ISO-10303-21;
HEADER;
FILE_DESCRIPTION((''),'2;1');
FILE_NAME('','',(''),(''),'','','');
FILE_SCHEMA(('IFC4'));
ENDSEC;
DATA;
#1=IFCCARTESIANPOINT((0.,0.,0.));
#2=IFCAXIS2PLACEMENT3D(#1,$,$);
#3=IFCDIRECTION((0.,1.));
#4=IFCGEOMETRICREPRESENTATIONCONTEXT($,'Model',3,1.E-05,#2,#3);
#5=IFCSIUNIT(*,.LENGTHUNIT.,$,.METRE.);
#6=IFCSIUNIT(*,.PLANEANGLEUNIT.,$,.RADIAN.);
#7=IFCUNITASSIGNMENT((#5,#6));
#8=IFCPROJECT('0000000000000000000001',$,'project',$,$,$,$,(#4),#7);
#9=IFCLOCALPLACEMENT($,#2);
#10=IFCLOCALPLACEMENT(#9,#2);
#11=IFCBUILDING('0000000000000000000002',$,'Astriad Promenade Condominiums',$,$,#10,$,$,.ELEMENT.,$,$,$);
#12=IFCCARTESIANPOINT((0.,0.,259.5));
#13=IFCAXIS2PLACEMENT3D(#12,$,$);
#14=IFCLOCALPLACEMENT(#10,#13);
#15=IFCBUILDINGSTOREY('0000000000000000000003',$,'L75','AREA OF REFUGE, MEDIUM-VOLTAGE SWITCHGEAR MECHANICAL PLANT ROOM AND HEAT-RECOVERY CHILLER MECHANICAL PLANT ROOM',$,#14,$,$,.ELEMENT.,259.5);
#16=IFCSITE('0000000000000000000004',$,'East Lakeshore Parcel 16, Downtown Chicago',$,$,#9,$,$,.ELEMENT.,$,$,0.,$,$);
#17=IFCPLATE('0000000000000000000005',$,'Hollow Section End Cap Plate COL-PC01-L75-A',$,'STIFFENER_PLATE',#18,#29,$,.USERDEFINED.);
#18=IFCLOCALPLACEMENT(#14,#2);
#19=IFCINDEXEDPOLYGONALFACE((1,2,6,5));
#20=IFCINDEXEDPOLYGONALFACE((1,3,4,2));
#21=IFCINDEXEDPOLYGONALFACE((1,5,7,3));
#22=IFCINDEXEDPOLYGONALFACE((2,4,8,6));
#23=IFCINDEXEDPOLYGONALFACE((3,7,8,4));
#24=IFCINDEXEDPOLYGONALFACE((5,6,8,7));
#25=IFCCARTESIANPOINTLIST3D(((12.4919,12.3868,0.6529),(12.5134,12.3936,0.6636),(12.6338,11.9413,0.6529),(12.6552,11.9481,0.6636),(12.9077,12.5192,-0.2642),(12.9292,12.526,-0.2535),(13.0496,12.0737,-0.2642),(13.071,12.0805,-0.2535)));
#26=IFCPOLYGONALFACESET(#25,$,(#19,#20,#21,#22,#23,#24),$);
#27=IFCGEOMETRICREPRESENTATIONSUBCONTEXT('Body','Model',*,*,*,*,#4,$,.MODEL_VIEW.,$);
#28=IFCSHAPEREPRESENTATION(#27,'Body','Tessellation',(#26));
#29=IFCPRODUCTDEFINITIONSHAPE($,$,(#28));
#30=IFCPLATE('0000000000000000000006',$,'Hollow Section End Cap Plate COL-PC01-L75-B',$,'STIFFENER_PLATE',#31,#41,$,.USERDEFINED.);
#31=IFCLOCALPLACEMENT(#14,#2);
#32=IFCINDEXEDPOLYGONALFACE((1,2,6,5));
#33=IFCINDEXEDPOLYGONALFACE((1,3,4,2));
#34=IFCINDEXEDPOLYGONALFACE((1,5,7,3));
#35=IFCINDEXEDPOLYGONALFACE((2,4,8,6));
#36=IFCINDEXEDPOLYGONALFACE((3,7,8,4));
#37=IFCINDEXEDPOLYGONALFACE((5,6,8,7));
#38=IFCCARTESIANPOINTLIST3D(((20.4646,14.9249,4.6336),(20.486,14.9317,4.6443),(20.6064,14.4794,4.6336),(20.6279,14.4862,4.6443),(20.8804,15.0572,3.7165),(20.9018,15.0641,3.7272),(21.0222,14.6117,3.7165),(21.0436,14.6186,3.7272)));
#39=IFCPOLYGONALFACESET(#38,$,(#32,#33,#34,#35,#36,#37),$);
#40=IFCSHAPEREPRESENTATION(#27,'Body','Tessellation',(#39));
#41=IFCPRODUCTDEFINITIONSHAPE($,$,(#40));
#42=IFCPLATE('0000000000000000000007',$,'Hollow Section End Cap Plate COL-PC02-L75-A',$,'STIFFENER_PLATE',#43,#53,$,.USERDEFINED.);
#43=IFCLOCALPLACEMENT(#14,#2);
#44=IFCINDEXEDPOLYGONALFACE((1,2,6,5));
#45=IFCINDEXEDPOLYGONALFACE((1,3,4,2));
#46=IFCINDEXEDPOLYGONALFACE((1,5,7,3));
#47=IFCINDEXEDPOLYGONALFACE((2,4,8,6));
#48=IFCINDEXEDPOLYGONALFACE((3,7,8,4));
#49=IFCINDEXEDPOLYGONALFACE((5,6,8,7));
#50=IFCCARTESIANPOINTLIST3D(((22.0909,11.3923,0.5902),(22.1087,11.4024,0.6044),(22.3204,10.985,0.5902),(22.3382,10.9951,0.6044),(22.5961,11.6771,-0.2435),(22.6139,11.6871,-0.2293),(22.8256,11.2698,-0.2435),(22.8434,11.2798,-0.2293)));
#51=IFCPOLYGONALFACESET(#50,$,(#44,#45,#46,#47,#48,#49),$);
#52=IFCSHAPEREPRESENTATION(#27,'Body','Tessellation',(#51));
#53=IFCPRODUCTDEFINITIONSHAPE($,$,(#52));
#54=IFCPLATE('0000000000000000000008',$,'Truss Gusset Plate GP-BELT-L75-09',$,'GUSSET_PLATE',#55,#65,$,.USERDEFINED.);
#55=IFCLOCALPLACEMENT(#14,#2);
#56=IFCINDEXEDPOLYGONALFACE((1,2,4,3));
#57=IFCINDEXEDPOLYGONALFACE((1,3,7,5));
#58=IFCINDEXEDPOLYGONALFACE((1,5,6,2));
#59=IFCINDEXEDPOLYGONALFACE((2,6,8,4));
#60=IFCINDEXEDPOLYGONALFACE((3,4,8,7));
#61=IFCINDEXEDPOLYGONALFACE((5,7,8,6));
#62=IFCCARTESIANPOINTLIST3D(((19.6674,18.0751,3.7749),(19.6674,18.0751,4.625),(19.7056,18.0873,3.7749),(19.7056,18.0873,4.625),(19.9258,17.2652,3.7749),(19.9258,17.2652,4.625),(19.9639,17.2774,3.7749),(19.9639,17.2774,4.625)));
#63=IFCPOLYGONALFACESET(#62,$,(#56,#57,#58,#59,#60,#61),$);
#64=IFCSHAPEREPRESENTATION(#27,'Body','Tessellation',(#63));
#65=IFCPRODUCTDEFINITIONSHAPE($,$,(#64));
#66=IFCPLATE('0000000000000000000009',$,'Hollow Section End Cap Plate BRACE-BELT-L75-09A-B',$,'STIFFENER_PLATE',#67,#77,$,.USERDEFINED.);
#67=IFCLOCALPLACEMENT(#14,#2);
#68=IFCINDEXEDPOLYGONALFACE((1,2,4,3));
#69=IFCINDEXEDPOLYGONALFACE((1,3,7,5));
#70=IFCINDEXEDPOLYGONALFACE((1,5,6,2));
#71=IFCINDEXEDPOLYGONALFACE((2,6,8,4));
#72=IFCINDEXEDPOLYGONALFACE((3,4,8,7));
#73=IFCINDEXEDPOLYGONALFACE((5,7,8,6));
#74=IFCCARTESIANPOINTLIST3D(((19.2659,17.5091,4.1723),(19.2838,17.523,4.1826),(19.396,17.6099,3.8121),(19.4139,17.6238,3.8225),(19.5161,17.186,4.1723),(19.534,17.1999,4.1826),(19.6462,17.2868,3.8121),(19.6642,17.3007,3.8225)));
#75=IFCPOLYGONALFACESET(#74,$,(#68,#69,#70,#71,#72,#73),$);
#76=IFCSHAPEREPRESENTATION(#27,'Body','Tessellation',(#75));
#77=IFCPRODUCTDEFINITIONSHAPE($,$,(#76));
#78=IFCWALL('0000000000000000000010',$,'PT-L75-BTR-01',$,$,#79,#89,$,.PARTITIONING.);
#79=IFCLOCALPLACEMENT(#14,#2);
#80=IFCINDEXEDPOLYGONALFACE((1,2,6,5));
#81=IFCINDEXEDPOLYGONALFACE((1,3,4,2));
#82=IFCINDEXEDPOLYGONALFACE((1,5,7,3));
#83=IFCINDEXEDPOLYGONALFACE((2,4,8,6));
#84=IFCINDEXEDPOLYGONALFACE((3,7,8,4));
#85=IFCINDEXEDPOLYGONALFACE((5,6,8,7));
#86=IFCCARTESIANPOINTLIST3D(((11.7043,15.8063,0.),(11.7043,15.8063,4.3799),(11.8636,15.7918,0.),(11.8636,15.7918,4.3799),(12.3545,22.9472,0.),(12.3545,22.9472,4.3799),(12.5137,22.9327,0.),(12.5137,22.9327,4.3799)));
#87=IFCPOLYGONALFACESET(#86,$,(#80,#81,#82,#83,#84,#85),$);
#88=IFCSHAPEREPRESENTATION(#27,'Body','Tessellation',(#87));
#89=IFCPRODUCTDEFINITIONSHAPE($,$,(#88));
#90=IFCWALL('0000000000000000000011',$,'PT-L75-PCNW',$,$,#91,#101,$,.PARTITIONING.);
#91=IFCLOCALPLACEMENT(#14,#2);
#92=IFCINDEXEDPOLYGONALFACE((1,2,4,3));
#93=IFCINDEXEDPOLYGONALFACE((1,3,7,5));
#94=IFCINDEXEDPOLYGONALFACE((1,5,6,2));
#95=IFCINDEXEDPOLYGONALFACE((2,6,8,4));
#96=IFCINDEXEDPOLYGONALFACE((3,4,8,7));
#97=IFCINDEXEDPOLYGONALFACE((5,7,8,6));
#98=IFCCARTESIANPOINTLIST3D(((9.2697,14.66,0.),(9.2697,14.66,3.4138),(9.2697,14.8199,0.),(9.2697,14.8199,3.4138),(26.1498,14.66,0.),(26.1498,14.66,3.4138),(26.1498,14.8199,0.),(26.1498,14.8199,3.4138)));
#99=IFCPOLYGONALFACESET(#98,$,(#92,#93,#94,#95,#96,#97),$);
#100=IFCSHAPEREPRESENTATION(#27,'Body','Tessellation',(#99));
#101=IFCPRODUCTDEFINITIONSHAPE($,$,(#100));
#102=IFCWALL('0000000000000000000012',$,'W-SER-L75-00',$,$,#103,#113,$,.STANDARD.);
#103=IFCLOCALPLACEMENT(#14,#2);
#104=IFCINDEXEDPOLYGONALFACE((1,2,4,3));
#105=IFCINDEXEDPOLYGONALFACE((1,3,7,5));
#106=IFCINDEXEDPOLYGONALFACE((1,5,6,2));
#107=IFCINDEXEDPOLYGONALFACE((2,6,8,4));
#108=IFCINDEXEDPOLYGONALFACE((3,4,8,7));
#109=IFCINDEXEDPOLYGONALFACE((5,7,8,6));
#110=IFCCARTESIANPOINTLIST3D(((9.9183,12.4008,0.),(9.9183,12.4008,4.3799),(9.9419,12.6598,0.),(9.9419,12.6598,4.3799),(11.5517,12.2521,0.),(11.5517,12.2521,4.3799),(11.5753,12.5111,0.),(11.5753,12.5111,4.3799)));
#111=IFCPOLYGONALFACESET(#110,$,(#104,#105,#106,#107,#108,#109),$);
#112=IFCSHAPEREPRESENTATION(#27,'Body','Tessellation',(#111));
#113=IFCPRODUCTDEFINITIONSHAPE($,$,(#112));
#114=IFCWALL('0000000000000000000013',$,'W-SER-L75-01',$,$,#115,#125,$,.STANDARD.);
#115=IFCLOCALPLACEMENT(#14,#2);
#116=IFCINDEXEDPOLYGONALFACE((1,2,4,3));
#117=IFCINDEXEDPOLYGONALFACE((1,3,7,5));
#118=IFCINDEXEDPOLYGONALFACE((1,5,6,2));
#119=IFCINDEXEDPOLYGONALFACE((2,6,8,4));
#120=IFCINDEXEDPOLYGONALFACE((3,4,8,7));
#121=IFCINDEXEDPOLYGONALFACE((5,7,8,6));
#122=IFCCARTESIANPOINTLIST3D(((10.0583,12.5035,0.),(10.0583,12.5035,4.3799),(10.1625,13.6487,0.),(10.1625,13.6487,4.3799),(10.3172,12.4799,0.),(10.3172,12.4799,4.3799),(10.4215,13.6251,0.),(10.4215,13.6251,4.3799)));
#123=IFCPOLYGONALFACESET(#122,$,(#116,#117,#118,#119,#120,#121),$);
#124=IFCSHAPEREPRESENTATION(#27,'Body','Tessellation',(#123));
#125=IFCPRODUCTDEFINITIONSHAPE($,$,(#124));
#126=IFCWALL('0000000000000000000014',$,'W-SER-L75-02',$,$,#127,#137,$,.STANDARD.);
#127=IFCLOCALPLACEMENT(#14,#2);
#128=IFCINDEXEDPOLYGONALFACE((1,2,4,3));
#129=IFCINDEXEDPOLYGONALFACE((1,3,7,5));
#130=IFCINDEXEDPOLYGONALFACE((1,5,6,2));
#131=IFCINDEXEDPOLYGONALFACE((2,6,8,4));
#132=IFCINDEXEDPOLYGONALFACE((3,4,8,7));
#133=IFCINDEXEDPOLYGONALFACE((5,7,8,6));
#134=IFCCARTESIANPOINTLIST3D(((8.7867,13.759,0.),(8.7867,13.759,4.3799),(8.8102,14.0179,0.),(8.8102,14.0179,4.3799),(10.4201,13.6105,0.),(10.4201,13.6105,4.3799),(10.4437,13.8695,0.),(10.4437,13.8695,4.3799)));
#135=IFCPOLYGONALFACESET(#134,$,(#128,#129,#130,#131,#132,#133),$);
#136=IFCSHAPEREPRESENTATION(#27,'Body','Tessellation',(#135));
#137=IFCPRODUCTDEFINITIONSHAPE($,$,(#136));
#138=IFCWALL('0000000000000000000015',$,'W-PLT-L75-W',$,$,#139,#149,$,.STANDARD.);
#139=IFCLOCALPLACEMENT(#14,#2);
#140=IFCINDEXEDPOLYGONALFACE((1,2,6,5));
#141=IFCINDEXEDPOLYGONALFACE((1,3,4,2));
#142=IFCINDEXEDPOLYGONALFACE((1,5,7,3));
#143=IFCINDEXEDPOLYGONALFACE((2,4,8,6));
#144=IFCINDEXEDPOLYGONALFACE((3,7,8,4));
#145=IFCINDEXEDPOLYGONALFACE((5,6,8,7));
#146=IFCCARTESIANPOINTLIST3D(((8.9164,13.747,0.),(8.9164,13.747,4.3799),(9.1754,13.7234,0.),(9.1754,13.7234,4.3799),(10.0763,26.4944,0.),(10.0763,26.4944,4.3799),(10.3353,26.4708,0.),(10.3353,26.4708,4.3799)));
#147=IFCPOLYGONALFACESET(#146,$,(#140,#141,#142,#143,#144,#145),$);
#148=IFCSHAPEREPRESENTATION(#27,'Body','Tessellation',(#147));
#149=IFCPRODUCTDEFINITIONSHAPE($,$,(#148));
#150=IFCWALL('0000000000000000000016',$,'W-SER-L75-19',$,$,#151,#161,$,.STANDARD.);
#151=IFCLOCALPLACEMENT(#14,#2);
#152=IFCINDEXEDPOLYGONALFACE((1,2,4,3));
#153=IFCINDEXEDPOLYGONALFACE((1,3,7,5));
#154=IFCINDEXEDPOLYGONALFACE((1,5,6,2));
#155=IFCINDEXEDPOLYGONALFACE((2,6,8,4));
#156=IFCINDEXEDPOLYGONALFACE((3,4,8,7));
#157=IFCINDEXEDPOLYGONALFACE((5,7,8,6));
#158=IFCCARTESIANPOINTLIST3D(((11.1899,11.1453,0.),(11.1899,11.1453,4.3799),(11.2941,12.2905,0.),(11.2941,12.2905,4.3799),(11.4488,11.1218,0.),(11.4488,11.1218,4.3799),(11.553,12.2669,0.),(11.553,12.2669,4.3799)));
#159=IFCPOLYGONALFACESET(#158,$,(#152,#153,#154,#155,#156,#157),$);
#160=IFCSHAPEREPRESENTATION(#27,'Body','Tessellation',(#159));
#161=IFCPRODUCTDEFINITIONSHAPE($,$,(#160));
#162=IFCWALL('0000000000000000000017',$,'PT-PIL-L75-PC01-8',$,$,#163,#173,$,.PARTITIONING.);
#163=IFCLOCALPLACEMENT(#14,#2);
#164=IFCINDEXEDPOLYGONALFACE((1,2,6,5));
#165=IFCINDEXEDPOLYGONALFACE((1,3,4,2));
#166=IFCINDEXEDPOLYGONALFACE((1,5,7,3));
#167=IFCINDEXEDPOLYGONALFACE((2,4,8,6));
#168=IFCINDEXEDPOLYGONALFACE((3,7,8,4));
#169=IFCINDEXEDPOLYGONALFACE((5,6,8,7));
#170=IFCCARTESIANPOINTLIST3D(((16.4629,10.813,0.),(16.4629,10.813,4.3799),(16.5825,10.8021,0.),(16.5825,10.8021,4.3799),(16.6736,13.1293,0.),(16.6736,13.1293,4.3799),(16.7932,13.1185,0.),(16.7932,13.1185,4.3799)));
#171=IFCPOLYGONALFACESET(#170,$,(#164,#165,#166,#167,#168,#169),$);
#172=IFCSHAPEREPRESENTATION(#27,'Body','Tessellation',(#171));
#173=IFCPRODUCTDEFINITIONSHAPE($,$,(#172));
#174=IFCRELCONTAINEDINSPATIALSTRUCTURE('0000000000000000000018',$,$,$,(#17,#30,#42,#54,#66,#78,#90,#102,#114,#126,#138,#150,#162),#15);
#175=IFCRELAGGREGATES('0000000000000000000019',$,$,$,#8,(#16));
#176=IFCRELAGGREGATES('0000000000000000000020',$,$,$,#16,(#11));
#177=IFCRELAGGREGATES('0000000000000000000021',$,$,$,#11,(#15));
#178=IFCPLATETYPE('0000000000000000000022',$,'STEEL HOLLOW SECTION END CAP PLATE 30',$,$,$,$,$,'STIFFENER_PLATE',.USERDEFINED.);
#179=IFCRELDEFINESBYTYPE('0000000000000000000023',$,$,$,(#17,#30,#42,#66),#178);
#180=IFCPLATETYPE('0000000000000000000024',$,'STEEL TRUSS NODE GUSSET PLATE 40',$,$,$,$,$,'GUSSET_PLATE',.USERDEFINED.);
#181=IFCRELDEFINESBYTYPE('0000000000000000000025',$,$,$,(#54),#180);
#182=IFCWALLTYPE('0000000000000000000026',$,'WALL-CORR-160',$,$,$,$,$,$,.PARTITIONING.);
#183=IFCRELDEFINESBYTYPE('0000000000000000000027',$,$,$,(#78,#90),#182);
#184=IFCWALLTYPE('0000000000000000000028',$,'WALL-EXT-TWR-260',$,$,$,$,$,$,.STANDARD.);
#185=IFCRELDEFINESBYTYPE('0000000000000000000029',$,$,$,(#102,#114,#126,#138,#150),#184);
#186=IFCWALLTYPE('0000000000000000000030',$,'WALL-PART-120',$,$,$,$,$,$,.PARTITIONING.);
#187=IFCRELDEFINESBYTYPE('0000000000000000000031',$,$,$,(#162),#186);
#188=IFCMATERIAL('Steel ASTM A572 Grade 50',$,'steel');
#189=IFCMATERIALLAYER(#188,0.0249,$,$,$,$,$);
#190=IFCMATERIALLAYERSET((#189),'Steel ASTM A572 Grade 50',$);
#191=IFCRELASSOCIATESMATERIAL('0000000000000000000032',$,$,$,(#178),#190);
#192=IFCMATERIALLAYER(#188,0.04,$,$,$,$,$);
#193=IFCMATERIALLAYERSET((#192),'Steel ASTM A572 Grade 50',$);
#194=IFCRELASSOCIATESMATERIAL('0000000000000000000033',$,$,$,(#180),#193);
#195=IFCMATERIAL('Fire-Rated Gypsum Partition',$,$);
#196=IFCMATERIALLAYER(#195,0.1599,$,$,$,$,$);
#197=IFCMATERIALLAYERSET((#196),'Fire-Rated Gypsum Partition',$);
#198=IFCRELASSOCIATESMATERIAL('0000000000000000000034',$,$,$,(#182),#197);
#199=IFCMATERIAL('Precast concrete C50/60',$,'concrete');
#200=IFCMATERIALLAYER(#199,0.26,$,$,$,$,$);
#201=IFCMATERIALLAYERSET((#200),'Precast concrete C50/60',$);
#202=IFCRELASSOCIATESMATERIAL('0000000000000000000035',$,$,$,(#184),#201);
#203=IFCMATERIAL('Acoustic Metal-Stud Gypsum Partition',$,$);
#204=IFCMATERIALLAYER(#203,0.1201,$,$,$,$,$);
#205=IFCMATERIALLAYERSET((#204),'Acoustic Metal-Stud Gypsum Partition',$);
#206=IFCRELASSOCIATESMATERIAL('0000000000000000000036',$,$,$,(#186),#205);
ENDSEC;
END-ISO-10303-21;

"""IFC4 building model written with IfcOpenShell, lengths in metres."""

from ifc_helpers import new_model, si_unit, direction, frame, frame_2d, origin, origin_2d, place, context, subcontext, project, spatial, rectangle, extrude, source, transform, mapped, material, layer, layer_set, type_object, type_shapes, element, save


model = new_model("IFC4")

# Units and contexts
model_context = context("Model", 3, precision=1e-05, world=origin(), true_north=direction((0.0, 1.0)))
body_context = subcontext(model_context, "Body", "Model", "MODEL_VIEW")
ifc_project = project(units=[si_unit("LENGTHUNIT", "METRE"), si_unit("PLANEANGLEUNIT", "RADIAN")], contexts=[model_context])

# Site, building, storey
site_placement = place(None, origin())
site = spatial("IfcSite", under=ifc_project, at=site_placement, Name="East Lakeshore Parcel 16, Downtown Chicago", CompositionType="ELEMENT", RefElevation=0.0)
building_placement = place(site_placement, origin())
building = spatial("IfcBuilding", under=site, at=building_placement, Name="Astriad Promenade Condominiums", CompositionType="ELEMENT")
storey_placement = place(building_placement, frame((0.0, 0.0, 259.5)))
storey = spatial("IfcBuildingStorey", under=building, at=storey_placement, Name="L75", Description="AREA OF REFUGE, MEDIUM-VOLTAGE SWITCHGEAR MECHANICAL PLANT ROOM AND HEAT-RECOVERY CHILLER MECHANICAL PLANT ROOM", CompositionType="ELEMENT", Elevation=259.5)

# Plates
ifc_material_1 = material(Name="Steel ASTM A572 Grade 50", Category="steel")
ifc_layer_1 = layer(ifc_material_1, 0.0249)
ifc_layer_set_1 = layer_set([ifc_layer_1], Name="Steel ASTM A572 Grade 50")
plate_type_1 = type_object("IfcPlateType", Name="STEEL HOLLOW SECTION END CAP PLATE 30", ElementType="STIFFENER_PLATE", PredefinedType="USERDEFINED", material=ifc_layer_set_1)
shared_shape_1 = source(origin(), body_context, "Body", "SweptSolid", [
    extrude(rectangle(XDim=0.4675, YDim=1.0156, at=origin_2d()), origin(), (0.0, 0.0, 1.0), 0.0249),
])
for number, where, z_axis, x_axis, name in (
    (1, (12.7708, 12.2302, 0.1943), (0.860449, 0.273945, 0.429629), (-0.303371, 0.952873, 0.0), "Hollow Section End Cap Plate COL-PC01-L75-A"),
    (2, (20.7434, 14.7683, 4.175), (0.860449, 0.273945, 0.429629), (-0.303371, 0.952873, 0.0), "Hollow Section End Cap Plate COL-PC01-L75-B"),
    (3, (22.4583, 11.3311, 0.1733), (0.715172, 0.403095, 0.571002), (-0.491011, 0.871153, 0.0), "Hollow Section End Cap Plate COL-PC02-L75-A"),
):
    element("IfcPlate", number, at=place(storey_placement, frame(where, z_axis=z_axis, x_axis=x_axis)), inside=storey, type_object=plate_type_1, Name=name, ObjectType="STIFFENER_PLATE", PredefinedType="USERDEFINED", context=body_context, shape_type="MappedRepresentation", body=[
        mapped(shared_shape_1, transform((0.0, 0.0, 0.0), scale=1.0)),
    ])
ifc_layer_2 = layer(ifc_material_1, 0.04)
ifc_layer_set_2 = layer_set([ifc_layer_2], Name="Steel ASTM A572 Grade 50")
plate_type_2 = type_object("IfcPlateType", Name="STEEL TRUSS NODE GUSSET PLATE 40", ElementType="GUSSET_PLATE", PredefinedType="USERDEFINED", material=ifc_layer_set_2)
shared_shape_2 = source(origin(), body_context, "Body", "SweptSolid", [
    extrude(rectangle(XDim=0.8501, YDim=0.04, at=origin_2d()), origin(), (0.0, 0.0, 1.0), 0.8501),
])
type_shapes(plate_type_2, [shared_shape_2])
plate_1_placement = place(storey_placement, frame((19.8157, 17.6763, 3.7749), z_axis=(0.0, 0.0, 1.0), x_axis=(-0.303867, 0.952715, 0.0)))
element("IfcPlate", 4, at=plate_1_placement, inside=storey, type_object=plate_type_2, Name="Truss Gusset Plate GP-BELT-L75-09", ObjectType="GUSSET_PLATE", PredefinedType="USERDEFINED", context=body_context, shape_type="MappedRepresentation", body=[
    mapped(shared_shape_2, transform((0.0, 0.0, 0.0), scale=1.0)),
])
shared_shape_3 = source(origin(), body_context, "Body", "SweptSolid", [
    extrude(rectangle(XDim=0.4087, YDim=0.396, at=origin_2d()), origin(), (0.0, 0.0, 1.0), 0.0249),
])
type_shapes(plate_type_1, [shared_shape_1, shared_shape_3])
plate_2_placement = place(storey_placement, frame((19.4561, 17.3979, 3.9922), z_axis=(0.719073, 0.556901, 0.415687), x_axis=(-0.61231, 0.790618, 0.0)))
element("IfcPlate", 5, at=plate_2_placement, inside=storey, type_object=plate_type_1, Name="Hollow Section End Cap Plate BRACE-BELT-L75-09A-B", ObjectType="STIFFENER_PLATE", PredefinedType="USERDEFINED", context=body_context, shape_type="MappedRepresentation", body=[
    mapped(shared_shape_3, transform((0.0, 0.0, 0.0), scale=1.0)),
])

# Walls
ifc_material_2 = material(Name="Fire-Rated Gypsum Partition")
ifc_layer_3 = layer(ifc_material_2, 0.1599)
ifc_layer_set_3 = layer_set([ifc_layer_3], Name="Fire-Rated Gypsum Partition")
wall_type_1 = type_object("IfcWallType", Name="WALL-CORR-160", PredefinedType="PARTITIONING", material=ifc_layer_set_3)
wall_1_placement = place(storey_placement, frame((11.7839, 15.7991, 0.0), z_axis=(0.0, 0.0, 1.0), x_axis=(0.090671, 0.995881, 0.0)))
element("IfcWall", 6, at=wall_1_placement, inside=storey, type_object=wall_type_1, Name="PT-L75-BTR-01", PredefinedType="PARTITIONING", context=body_context, shape_type="SweptSolid", body=[
    extrude(rectangle(XDim=7.1704, YDim=0.1599, at=frame_2d((3.5852, 0.0))), origin(), (0.0, 0.0, 1.0), 4.3799),
])
wall_2_placement = place(storey_placement, frame((9.2698, 14.74, 0.0), z_axis=(0.0, 0.0, 1.0), x_axis=(1.0, 0.0, 0.0)))
element("IfcWall", 7, at=wall_2_placement, inside=storey, type_object=wall_type_1, Name="PT-L75-PCNW", PredefinedType="PARTITIONING", context=body_context, shape_type="SweptSolid", body=[
    extrude(rectangle(XDim=16.8801, YDim=0.1599, at=frame_2d((8.4399, 0.0))), origin(), (0.0, 0.0, 1.0), 3.4138),
])
ifc_material_3 = material(Name="Precast concrete C50/60", Category="concrete")
ifc_layer_4 = layer(ifc_material_3, 0.26)
ifc_layer_set_4 = layer_set([ifc_layer_4], Name="Precast concrete C50/60")
wall_type_2 = type_object("IfcWallType", Name="WALL-EXT-TWR-260", PredefinedType="STANDARD", material=ifc_layer_set_4)
wall_3_placement = place(storey_placement, frame((11.5635, 12.3816, 0.0), z_axis=(0.0, 0.0, 1.0), x_axis=(-0.995882, 0.090657, 0.0)))
element("IfcWall", 8, at=wall_3_placement, inside=storey, type_object=wall_type_2, Name="W-SER-L75-00", PredefinedType="STANDARD", context=body_context, shape_type="SweptSolid", body=[
    extrude(rectangle(XDim=1.6401, YDim=0.26, at=frame_2d((0.8201, 0.0))), origin(), (0.0, 0.0, 1.0), 4.3799),
])
wall_4_placement = place(storey_placement, frame((10.1877, 12.4917, 0.0), z_axis=(0.0, 0.0, 1.0), x_axis=(0.090651, 0.995883, 0.0)))
element("IfcWall", 9, at=wall_4_placement, inside=storey, type_object=wall_type_2, Name="W-SER-L75-01", PredefinedType="STANDARD", context=body_context, shape_type="SweptSolid", body=[
    extrude(rectangle(XDim=1.1499, YDim=0.26, at=frame_2d((0.575, 0.0))), origin(), (0.0, 0.0, 1.0), 4.3799),
])
wall_5_placement = place(storey_placement, frame((10.4319, 13.74, 0.0), z_axis=(0.0, 0.0, 1.0), x_axis=(-0.995896, 0.090509, 0.0)))
element("IfcWall", 10, at=wall_5_placement, inside=storey, type_object=wall_type_2, Name="W-SER-L75-02", PredefinedType="STANDARD", context=body_context, shape_type="SweptSolid", body=[
    extrude(rectangle(XDim=1.6401, YDim=0.26, at=frame_2d((0.8201, 0.0))), origin(), (0.0, 0.0, 1.0), 4.3799),
])
wall_6_placement = place(storey_placement, frame((9.0459, 13.7354, 0.0), z_axis=(0.0, 0.0, 1.0), x_axis=(0.090618, 0.995886, 0.0)))
element("IfcWall", 11, at=wall_6_placement, inside=storey, type_object=wall_type_2, Name="W-PLT-L75-W", PredefinedType="STANDARD", context=body_context, shape_type="SweptSolid", body=[
    extrude(rectangle(XDim=12.8, YDim=0.26, at=frame_2d((6.3999, 0.0))), origin(), (0.0, 0.0, 1.0), 4.3799),
])
wall_7_placement = place(storey_placement, frame((11.3193, 11.1335, 0.0), z_axis=(0.0, 0.0, 1.0), x_axis=(0.090651, 0.995883, 0.0)))
element("IfcWall", 12, at=wall_7_placement, inside=storey, type_object=wall_type_2, Name="W-SER-L75-19", PredefinedType="STANDARD", context=body_context, shape_type="SweptSolid", body=[
    extrude(rectangle(XDim=1.1499, YDim=0.26, at=frame_2d((0.575, 0.0))), origin(), (0.0, 0.0, 1.0), 4.3799),
])
ifc_material_4 = material(Name="Acoustic Metal-Stud Gypsum Partition")
ifc_layer_5 = layer(ifc_material_4, 0.1201)
ifc_layer_set_5 = layer_set([ifc_layer_5], Name="Acoustic Metal-Stud Gypsum Partition")
wall_type_3 = type_object("IfcWallType", Name="WALL-PART-120", PredefinedType="PARTITIONING", material=ifc_layer_set_5)
wall_8_placement = place(storey_placement, frame((16.7334, 13.124, 0.0), z_axis=(0.0, 0.0, 1.0), x_axis=(-0.090583, -0.995889, 0.0)))
element("IfcWall", 13, at=wall_8_placement, inside=storey, type_object=wall_type_3, Name="PT-PIL-L75-PC01-8", PredefinedType="PARTITIONING", context=body_context, shape_type="SweptSolid", body=[
    extrude(rectangle(XDim=2.3259, YDim=0.1201, at=frame_2d((1.1631, 0.0))), origin(), (0.0, 0.0, 1.0), 4.3799),
])

save(model, "model.ifc")
